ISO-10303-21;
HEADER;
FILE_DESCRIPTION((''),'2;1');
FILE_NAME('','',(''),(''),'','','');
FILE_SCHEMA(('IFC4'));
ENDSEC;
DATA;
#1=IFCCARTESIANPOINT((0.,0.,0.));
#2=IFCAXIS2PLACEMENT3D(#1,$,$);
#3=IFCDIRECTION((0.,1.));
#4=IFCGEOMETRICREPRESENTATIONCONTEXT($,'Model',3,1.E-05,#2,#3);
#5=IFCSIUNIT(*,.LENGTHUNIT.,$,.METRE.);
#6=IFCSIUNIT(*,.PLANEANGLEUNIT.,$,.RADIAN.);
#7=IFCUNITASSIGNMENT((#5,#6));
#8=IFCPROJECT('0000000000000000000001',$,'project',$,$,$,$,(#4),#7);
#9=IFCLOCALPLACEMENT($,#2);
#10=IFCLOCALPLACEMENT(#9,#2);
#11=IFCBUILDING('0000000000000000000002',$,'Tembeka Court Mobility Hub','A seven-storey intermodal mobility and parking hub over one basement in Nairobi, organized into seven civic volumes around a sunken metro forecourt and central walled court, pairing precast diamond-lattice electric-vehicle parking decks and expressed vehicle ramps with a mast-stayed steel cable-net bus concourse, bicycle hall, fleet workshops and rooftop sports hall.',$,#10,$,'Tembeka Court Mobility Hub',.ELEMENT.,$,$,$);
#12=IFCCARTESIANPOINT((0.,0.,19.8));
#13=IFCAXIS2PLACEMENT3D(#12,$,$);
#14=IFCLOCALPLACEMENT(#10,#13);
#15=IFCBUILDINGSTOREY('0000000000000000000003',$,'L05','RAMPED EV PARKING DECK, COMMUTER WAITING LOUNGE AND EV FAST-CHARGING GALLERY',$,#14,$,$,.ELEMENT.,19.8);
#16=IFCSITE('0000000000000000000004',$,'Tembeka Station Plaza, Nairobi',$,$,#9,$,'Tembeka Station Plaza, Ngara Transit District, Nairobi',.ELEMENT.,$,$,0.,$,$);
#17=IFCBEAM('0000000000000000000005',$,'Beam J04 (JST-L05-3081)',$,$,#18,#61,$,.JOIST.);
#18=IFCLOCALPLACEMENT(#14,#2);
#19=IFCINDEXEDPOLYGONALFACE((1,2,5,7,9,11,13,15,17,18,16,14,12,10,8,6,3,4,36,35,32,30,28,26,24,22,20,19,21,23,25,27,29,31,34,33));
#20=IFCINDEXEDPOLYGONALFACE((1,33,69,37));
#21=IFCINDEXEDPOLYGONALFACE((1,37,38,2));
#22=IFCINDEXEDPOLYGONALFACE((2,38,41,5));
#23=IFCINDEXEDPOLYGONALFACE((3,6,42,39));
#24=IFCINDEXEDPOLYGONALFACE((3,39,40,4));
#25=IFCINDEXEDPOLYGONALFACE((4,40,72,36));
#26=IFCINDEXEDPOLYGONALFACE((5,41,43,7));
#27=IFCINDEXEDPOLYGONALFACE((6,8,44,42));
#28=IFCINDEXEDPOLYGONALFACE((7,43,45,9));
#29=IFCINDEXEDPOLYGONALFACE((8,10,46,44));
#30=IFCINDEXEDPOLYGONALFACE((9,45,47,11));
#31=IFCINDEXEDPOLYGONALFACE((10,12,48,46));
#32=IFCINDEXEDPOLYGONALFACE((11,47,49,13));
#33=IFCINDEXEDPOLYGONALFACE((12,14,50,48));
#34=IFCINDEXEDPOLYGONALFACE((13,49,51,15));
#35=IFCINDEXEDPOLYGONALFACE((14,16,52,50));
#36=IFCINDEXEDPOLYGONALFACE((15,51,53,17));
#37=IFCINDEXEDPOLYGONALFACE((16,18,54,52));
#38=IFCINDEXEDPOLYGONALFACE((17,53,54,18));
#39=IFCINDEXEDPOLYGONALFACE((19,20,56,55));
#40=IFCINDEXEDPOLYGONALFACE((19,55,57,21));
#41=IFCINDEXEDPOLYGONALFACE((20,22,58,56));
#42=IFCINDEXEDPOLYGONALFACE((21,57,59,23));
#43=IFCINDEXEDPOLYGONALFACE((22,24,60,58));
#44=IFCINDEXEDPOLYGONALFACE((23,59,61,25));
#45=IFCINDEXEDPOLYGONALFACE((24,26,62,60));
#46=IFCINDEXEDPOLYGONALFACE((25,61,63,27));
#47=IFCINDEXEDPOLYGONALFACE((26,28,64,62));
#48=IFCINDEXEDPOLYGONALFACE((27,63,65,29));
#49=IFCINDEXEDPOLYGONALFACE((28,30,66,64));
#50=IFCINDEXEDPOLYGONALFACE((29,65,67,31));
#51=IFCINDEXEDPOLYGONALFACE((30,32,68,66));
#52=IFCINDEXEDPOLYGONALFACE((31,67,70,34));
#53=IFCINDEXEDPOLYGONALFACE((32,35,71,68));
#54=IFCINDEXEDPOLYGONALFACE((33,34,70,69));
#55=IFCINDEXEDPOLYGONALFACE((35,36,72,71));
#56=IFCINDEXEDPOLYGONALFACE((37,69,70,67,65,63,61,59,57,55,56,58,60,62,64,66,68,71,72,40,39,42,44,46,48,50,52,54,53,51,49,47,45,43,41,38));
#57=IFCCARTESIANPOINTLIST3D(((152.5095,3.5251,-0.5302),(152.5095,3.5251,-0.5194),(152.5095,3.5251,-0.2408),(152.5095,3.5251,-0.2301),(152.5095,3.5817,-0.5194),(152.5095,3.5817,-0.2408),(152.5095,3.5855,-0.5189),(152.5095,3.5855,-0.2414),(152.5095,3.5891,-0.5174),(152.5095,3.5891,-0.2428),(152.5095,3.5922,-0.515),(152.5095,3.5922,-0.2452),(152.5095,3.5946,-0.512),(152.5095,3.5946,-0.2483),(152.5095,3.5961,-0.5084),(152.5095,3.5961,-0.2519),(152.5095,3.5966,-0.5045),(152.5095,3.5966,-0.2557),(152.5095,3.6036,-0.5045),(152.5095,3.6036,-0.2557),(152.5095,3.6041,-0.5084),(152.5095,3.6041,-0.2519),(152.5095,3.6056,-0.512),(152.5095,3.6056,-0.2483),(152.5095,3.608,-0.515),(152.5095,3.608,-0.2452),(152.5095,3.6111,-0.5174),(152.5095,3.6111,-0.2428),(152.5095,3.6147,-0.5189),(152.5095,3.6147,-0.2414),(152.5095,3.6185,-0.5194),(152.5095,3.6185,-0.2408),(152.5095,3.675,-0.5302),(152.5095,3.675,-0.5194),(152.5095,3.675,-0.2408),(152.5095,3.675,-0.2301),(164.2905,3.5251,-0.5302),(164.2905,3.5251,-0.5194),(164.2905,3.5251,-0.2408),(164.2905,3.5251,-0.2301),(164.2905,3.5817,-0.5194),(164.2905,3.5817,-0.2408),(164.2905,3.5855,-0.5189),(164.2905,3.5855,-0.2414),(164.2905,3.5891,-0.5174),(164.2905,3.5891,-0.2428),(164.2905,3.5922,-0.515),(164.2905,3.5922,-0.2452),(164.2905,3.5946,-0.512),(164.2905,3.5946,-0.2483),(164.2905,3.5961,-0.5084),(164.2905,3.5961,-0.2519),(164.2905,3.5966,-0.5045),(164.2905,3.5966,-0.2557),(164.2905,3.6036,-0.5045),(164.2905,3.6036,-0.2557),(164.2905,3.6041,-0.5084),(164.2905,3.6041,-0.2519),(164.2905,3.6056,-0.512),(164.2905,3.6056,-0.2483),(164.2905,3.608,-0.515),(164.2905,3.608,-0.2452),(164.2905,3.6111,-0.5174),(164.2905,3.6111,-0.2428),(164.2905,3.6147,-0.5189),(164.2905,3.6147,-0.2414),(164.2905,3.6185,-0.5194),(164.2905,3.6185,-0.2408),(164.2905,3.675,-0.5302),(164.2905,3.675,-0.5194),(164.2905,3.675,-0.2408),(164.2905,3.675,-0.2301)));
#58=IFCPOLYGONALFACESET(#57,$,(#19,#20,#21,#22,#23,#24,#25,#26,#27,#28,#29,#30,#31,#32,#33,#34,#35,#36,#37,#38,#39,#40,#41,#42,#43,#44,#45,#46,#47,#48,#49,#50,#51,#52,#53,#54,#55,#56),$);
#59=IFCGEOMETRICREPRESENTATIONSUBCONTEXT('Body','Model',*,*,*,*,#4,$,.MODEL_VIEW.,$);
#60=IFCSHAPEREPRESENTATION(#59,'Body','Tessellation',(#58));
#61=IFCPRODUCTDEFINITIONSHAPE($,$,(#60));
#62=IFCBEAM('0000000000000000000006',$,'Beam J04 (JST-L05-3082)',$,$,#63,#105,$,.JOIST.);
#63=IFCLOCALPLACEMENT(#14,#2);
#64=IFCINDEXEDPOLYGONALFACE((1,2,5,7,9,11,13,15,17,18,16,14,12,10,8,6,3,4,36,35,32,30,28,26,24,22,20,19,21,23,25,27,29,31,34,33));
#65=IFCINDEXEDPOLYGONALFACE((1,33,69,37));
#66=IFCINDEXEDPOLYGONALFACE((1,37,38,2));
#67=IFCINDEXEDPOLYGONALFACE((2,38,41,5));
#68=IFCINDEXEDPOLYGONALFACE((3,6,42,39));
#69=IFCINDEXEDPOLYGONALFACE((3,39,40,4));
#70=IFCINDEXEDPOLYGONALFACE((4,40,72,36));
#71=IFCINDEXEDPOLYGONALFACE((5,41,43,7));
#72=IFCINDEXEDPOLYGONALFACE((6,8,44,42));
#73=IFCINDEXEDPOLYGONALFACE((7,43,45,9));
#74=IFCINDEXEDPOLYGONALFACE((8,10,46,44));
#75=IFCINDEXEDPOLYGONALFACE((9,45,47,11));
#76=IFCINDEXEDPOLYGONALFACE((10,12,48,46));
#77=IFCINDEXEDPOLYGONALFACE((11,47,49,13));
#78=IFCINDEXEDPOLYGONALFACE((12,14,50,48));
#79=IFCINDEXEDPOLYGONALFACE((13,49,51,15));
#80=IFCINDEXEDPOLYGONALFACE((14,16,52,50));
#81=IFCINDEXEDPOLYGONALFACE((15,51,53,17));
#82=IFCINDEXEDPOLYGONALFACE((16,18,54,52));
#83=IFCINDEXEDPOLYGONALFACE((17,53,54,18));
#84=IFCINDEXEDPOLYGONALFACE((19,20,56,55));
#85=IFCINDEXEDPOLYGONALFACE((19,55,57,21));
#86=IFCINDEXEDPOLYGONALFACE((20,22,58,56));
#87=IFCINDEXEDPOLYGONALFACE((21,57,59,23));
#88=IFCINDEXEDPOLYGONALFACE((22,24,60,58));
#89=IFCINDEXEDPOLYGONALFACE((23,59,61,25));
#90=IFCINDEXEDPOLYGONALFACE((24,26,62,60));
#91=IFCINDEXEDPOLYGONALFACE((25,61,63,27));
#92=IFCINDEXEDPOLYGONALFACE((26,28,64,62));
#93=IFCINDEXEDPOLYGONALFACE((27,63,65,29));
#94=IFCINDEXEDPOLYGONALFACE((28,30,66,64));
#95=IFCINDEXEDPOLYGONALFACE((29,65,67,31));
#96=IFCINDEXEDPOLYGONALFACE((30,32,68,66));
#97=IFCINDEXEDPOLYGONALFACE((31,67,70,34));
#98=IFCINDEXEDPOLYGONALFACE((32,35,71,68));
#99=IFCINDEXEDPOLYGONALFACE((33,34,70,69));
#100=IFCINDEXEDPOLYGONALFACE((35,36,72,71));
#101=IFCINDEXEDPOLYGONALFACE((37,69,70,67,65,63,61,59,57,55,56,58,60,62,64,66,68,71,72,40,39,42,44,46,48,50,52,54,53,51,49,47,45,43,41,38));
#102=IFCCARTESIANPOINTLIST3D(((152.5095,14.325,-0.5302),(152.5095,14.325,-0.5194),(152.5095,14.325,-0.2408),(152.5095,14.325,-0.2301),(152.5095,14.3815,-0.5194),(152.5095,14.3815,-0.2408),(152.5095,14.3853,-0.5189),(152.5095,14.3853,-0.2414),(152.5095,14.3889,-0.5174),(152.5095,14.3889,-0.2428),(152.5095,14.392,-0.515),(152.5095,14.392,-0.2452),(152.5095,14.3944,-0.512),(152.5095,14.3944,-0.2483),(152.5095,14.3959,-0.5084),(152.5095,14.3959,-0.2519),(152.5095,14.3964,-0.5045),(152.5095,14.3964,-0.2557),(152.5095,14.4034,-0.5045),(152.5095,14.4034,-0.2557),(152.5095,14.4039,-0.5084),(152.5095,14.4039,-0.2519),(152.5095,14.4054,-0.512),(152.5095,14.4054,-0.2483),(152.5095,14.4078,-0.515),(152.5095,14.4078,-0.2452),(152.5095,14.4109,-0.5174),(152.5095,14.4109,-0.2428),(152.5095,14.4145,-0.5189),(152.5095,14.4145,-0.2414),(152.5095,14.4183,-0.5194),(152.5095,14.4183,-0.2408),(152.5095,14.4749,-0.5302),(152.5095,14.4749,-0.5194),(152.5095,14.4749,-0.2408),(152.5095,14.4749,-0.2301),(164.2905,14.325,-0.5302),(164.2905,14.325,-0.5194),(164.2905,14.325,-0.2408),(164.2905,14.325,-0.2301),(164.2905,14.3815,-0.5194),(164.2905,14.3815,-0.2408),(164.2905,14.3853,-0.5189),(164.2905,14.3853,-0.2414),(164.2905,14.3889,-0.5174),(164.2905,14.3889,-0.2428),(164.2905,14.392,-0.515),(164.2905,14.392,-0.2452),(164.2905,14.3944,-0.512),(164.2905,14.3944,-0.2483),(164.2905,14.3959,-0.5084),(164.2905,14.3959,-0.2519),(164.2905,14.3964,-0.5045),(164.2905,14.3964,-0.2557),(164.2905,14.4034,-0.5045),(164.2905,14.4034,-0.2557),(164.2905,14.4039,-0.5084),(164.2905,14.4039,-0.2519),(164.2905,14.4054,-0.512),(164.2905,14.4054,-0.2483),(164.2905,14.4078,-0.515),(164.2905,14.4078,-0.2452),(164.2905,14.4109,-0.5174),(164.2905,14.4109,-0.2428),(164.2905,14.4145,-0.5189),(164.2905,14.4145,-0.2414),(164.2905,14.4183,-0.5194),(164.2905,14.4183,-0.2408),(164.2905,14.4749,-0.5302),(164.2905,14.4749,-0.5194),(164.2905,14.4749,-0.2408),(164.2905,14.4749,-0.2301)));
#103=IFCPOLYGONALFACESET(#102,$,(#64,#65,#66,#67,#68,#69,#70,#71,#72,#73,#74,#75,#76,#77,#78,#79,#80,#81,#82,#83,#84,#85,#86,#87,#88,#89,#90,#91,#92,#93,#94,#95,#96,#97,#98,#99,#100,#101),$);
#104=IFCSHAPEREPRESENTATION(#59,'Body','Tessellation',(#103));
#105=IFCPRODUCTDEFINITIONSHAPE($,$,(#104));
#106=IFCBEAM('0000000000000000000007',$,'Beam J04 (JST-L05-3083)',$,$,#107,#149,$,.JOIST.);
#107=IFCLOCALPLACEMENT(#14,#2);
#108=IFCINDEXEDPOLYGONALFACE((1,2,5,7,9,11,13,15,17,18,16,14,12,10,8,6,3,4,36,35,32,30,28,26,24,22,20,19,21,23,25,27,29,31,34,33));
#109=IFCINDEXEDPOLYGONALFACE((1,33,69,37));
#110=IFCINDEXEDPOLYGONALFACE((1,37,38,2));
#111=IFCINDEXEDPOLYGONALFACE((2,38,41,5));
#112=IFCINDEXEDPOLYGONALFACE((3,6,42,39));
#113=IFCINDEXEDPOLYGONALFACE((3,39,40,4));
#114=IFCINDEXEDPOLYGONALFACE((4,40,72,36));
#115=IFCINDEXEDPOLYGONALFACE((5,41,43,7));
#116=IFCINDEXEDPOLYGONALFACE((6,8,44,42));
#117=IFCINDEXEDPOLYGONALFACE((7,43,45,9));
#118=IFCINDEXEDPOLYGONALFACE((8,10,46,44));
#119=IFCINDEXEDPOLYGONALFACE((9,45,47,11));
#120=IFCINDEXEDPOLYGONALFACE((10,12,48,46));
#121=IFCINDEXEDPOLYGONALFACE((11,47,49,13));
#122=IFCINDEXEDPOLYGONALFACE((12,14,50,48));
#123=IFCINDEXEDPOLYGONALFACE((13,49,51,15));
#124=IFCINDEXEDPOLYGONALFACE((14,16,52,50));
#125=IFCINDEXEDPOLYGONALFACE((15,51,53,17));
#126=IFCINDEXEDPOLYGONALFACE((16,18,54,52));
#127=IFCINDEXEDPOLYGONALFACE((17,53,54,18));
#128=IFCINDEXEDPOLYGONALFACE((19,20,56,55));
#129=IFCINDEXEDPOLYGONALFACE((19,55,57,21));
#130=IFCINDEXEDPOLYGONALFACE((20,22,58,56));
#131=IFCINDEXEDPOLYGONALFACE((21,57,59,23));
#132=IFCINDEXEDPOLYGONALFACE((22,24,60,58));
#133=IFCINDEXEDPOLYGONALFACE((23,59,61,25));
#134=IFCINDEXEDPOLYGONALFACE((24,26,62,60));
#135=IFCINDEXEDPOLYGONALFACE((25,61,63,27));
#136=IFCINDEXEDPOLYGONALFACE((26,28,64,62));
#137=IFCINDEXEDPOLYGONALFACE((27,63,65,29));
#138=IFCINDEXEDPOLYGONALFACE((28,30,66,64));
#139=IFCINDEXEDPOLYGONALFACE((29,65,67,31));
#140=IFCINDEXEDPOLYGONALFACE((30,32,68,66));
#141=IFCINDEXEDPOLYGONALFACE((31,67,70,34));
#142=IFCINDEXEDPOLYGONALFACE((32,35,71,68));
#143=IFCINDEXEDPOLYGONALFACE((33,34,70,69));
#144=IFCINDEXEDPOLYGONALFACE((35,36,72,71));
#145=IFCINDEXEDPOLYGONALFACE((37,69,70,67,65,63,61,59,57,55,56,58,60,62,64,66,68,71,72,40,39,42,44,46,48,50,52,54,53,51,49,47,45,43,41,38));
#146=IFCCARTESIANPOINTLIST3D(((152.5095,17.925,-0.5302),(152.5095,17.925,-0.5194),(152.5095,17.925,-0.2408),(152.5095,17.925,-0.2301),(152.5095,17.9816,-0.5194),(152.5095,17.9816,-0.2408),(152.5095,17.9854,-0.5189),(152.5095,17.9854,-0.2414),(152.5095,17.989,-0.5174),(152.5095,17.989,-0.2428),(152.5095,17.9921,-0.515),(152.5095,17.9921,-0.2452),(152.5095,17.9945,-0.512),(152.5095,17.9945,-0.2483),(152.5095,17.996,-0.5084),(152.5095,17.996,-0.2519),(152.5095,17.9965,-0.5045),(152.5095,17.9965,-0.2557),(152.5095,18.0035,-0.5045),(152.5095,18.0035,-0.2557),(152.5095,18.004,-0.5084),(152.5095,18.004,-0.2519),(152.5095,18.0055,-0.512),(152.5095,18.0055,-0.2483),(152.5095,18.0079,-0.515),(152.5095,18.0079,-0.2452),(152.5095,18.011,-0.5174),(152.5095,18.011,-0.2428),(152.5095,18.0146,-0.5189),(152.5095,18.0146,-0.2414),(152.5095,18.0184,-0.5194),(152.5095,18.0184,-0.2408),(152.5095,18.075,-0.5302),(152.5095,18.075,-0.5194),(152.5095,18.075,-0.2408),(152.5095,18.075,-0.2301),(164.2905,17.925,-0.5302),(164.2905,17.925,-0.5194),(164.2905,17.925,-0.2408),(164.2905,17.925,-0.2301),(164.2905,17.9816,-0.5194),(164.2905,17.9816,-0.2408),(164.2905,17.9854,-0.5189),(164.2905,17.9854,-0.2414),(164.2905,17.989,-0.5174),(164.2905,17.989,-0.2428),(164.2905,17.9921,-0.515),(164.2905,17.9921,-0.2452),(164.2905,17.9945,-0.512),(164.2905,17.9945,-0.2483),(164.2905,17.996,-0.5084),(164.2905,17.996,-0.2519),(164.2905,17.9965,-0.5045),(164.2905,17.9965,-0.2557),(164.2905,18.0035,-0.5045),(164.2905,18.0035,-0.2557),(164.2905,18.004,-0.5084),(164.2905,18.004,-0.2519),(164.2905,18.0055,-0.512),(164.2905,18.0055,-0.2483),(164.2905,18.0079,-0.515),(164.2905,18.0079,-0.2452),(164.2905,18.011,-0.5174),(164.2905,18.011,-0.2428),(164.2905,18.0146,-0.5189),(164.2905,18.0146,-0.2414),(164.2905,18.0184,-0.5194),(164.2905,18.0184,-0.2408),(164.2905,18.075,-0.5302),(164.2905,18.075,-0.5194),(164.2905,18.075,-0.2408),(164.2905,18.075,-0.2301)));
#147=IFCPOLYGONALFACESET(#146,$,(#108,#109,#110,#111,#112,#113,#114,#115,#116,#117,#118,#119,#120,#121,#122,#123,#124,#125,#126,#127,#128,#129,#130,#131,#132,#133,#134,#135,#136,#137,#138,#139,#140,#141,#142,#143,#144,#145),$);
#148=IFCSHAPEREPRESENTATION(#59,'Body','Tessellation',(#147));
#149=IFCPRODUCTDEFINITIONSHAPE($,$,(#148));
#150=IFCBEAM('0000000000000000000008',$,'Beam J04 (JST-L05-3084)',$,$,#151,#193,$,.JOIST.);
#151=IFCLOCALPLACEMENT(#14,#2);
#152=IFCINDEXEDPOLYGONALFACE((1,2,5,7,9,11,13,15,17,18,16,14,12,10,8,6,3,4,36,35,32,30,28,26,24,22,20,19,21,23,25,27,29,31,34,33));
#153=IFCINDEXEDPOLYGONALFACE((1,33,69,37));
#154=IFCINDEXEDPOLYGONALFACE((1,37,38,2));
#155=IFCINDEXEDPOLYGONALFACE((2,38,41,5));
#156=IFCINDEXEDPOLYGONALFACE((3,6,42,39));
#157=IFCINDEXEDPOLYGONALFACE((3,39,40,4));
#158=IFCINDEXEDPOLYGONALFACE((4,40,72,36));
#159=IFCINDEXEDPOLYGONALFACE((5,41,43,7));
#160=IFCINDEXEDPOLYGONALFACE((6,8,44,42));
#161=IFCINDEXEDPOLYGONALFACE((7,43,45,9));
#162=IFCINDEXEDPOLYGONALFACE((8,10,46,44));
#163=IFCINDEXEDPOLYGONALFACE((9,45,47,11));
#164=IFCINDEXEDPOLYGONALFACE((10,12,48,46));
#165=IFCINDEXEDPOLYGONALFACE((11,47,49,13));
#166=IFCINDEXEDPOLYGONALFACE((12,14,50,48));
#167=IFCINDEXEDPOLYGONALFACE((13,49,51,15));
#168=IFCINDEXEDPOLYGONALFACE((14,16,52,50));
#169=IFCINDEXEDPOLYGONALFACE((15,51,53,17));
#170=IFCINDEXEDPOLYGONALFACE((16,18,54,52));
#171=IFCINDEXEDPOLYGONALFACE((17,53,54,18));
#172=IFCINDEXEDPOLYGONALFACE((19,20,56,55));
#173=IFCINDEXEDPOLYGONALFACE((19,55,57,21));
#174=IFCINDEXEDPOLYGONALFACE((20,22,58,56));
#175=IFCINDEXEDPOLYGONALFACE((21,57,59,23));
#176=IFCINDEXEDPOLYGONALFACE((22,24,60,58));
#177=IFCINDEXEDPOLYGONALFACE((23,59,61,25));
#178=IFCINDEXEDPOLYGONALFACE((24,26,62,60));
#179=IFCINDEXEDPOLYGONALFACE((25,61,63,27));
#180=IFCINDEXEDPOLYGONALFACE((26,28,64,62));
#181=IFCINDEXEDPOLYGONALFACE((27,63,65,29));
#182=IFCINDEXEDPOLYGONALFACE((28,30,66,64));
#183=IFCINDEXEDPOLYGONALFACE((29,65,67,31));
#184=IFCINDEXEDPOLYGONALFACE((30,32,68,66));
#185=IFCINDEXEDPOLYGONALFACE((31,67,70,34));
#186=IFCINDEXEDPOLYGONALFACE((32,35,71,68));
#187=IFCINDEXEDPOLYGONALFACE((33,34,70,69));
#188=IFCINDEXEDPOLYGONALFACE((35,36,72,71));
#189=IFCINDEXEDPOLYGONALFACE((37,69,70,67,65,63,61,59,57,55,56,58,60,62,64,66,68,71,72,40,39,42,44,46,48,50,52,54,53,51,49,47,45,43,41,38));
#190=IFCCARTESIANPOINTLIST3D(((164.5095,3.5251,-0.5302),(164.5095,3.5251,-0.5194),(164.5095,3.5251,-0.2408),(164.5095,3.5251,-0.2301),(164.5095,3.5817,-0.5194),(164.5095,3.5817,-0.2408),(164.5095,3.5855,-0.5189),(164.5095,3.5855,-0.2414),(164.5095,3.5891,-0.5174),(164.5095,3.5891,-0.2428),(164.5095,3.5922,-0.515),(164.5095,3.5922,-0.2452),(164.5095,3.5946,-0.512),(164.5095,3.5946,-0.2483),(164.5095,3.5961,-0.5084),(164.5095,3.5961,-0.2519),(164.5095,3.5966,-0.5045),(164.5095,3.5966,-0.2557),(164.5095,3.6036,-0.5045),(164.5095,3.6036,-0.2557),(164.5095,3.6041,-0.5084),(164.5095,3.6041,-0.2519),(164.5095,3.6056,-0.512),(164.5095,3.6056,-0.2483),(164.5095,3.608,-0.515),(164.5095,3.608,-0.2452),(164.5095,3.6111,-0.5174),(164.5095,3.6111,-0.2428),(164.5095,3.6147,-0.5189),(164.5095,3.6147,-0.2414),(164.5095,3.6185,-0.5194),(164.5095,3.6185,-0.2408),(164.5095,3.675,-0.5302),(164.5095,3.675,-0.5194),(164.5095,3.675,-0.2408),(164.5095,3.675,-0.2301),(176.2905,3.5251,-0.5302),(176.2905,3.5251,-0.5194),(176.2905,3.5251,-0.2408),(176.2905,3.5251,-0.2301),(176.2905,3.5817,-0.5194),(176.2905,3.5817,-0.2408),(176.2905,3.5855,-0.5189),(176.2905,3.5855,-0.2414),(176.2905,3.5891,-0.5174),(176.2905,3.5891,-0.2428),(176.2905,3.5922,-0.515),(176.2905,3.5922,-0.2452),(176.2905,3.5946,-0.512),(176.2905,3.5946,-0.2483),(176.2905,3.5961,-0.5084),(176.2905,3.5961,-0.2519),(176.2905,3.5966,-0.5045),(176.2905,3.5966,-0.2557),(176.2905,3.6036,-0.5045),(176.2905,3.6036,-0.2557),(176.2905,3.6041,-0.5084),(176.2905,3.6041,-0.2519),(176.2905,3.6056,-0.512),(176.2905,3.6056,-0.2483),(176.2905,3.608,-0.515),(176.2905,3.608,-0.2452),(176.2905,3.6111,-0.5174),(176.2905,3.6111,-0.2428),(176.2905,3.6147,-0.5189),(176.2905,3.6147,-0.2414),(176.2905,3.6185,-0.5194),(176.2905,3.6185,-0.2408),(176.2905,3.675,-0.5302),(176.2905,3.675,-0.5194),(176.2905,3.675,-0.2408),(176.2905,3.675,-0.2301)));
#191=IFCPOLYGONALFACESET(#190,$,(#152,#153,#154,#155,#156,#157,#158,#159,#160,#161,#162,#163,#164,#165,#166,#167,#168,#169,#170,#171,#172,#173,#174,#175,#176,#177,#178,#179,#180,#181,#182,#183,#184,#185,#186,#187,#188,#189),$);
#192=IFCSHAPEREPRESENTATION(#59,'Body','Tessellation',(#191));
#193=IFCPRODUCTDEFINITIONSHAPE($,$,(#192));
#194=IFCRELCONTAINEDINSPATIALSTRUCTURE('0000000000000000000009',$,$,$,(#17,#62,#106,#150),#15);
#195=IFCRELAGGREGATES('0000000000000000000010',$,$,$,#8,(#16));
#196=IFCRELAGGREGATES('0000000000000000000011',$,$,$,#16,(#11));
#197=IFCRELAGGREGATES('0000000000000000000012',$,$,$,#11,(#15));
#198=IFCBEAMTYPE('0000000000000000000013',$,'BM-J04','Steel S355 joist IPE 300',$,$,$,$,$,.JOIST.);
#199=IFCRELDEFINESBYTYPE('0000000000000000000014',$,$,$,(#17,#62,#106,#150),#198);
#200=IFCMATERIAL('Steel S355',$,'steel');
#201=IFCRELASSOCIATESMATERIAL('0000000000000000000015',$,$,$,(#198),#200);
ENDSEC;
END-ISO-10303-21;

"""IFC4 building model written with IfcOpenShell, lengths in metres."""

from ifc_helpers import new_model, si_unit, direction, frame, origin, origin_2d, place, context, subcontext, project, spatial, i_section, extrude, material, material_profile, profile_set, type_object, element, save


model = new_model("IFC4")

# Units and contexts
model_context = context("Model", 3, precision=1e-05, world=origin(), true_north=direction((0.0, 1.0)))
body_context = subcontext(model_context, "Body", "Model", "MODEL_VIEW")
ifc_project = project(units=[si_unit("LENGTHUNIT", "METRE"), si_unit("PLANEANGLEUNIT", "RADIAN")], contexts=[model_context])

# Site, building, storey
site_placement = place(None, origin())
site = spatial("IfcSite", under=ifc_project, at=site_placement, Name="Tembeka Station Plaza, Nairobi", LongName="Tembeka Station Plaza, Ngara Transit District, Nairobi", CompositionType="ELEMENT", RefElevation=0.0)
building_placement = place(site_placement, origin())
building = spatial("IfcBuilding", under=site, at=building_placement, Name="Tembeka Court Mobility Hub", Description="A seven-storey intermodal mobility and parking hub over one basement in Nairobi, organized into seven civic volumes around a sunken metro forecourt and central walled court, pairing precast diamond-lattice electric-vehicle parking decks and expressed vehicle ramps with a mast-stayed steel cable-net bus concourse, bicycle hall, fleet workshops and rooftop sports hall.", LongName="Tembeka Court Mobility Hub", CompositionType="ELEMENT")
storey_placement = place(building_placement, frame((0.0, 0.0, 19.8)))
storey = spatial("IfcBuildingStorey", under=building, at=storey_placement, Name="L05", Description="RAMPED EV PARKING DECK, COMMUTER WAITING LOUNGE AND EV FAST-CHARGING GALLERY", CompositionType="ELEMENT", Elevation=19.8)

# Beams
ifc_material_1 = material(Name="Steel S355", Category="steel")
ifc_material_profile_1 = material_profile(ifc_material_1, i_section(OverallWidth=0.1499, OverallDepth=0.3, WebThickness=0.0071, FlangeThickness=0.0107, FilletRadius=0.0149, at=origin_2d()), Name="IPE 300")
ifc_profile_set_1 = profile_set([ifc_material_profile_1], Name="Steel S355")
beam_type_1 = type_object("IfcBeamType", Name="BM-J04", Description="Steel S355 joist IPE 300", PredefinedType="JOIST", material=ifc_profile_set_1)
for number, where, z_axis, x_axis, name in (
    (1, (152.5095, 3.6001, -0.3801), (1.0, 0.0, 0.0), (0.0, 1.0, 0.0), "Beam J04 (JST-L05-3081)"),
    (2, (152.5095, 14.3999, -0.3801), (1.0, 0.0, 0.0), (0.0, 1.0, 0.0), "Beam J04 (JST-L05-3082)"),
    (3, (152.5095, 18.0, -0.3801), (1.0, 0.0, 0.0), (0.0, 1.0, 0.0), "Beam J04 (JST-L05-3083)"),
    (4, (164.5095, 3.6001, -0.3801), (1.0, 0.0, 0.0), (0.0, 1.0, 0.0), "Beam J04 (JST-L05-3084)"),
):
    element("IfcBeam", number, at=place(storey_placement, frame(where, z_axis=z_axis, x_axis=x_axis)), inside=storey, type_object=beam_type_1, Name=name, PredefinedType="JOIST", context=body_context, shape_type="SweptSolid", body=[
        extrude(i_section(OverallWidth=0.1499, OverallDepth=0.3, WebThickness=0.0071, FlangeThickness=0.0107, FilletRadius=0.0149, at=origin_2d()), origin(), (0.0, 0.0, 1.0), 11.781),
    ])

save(model, "model.ifc")
